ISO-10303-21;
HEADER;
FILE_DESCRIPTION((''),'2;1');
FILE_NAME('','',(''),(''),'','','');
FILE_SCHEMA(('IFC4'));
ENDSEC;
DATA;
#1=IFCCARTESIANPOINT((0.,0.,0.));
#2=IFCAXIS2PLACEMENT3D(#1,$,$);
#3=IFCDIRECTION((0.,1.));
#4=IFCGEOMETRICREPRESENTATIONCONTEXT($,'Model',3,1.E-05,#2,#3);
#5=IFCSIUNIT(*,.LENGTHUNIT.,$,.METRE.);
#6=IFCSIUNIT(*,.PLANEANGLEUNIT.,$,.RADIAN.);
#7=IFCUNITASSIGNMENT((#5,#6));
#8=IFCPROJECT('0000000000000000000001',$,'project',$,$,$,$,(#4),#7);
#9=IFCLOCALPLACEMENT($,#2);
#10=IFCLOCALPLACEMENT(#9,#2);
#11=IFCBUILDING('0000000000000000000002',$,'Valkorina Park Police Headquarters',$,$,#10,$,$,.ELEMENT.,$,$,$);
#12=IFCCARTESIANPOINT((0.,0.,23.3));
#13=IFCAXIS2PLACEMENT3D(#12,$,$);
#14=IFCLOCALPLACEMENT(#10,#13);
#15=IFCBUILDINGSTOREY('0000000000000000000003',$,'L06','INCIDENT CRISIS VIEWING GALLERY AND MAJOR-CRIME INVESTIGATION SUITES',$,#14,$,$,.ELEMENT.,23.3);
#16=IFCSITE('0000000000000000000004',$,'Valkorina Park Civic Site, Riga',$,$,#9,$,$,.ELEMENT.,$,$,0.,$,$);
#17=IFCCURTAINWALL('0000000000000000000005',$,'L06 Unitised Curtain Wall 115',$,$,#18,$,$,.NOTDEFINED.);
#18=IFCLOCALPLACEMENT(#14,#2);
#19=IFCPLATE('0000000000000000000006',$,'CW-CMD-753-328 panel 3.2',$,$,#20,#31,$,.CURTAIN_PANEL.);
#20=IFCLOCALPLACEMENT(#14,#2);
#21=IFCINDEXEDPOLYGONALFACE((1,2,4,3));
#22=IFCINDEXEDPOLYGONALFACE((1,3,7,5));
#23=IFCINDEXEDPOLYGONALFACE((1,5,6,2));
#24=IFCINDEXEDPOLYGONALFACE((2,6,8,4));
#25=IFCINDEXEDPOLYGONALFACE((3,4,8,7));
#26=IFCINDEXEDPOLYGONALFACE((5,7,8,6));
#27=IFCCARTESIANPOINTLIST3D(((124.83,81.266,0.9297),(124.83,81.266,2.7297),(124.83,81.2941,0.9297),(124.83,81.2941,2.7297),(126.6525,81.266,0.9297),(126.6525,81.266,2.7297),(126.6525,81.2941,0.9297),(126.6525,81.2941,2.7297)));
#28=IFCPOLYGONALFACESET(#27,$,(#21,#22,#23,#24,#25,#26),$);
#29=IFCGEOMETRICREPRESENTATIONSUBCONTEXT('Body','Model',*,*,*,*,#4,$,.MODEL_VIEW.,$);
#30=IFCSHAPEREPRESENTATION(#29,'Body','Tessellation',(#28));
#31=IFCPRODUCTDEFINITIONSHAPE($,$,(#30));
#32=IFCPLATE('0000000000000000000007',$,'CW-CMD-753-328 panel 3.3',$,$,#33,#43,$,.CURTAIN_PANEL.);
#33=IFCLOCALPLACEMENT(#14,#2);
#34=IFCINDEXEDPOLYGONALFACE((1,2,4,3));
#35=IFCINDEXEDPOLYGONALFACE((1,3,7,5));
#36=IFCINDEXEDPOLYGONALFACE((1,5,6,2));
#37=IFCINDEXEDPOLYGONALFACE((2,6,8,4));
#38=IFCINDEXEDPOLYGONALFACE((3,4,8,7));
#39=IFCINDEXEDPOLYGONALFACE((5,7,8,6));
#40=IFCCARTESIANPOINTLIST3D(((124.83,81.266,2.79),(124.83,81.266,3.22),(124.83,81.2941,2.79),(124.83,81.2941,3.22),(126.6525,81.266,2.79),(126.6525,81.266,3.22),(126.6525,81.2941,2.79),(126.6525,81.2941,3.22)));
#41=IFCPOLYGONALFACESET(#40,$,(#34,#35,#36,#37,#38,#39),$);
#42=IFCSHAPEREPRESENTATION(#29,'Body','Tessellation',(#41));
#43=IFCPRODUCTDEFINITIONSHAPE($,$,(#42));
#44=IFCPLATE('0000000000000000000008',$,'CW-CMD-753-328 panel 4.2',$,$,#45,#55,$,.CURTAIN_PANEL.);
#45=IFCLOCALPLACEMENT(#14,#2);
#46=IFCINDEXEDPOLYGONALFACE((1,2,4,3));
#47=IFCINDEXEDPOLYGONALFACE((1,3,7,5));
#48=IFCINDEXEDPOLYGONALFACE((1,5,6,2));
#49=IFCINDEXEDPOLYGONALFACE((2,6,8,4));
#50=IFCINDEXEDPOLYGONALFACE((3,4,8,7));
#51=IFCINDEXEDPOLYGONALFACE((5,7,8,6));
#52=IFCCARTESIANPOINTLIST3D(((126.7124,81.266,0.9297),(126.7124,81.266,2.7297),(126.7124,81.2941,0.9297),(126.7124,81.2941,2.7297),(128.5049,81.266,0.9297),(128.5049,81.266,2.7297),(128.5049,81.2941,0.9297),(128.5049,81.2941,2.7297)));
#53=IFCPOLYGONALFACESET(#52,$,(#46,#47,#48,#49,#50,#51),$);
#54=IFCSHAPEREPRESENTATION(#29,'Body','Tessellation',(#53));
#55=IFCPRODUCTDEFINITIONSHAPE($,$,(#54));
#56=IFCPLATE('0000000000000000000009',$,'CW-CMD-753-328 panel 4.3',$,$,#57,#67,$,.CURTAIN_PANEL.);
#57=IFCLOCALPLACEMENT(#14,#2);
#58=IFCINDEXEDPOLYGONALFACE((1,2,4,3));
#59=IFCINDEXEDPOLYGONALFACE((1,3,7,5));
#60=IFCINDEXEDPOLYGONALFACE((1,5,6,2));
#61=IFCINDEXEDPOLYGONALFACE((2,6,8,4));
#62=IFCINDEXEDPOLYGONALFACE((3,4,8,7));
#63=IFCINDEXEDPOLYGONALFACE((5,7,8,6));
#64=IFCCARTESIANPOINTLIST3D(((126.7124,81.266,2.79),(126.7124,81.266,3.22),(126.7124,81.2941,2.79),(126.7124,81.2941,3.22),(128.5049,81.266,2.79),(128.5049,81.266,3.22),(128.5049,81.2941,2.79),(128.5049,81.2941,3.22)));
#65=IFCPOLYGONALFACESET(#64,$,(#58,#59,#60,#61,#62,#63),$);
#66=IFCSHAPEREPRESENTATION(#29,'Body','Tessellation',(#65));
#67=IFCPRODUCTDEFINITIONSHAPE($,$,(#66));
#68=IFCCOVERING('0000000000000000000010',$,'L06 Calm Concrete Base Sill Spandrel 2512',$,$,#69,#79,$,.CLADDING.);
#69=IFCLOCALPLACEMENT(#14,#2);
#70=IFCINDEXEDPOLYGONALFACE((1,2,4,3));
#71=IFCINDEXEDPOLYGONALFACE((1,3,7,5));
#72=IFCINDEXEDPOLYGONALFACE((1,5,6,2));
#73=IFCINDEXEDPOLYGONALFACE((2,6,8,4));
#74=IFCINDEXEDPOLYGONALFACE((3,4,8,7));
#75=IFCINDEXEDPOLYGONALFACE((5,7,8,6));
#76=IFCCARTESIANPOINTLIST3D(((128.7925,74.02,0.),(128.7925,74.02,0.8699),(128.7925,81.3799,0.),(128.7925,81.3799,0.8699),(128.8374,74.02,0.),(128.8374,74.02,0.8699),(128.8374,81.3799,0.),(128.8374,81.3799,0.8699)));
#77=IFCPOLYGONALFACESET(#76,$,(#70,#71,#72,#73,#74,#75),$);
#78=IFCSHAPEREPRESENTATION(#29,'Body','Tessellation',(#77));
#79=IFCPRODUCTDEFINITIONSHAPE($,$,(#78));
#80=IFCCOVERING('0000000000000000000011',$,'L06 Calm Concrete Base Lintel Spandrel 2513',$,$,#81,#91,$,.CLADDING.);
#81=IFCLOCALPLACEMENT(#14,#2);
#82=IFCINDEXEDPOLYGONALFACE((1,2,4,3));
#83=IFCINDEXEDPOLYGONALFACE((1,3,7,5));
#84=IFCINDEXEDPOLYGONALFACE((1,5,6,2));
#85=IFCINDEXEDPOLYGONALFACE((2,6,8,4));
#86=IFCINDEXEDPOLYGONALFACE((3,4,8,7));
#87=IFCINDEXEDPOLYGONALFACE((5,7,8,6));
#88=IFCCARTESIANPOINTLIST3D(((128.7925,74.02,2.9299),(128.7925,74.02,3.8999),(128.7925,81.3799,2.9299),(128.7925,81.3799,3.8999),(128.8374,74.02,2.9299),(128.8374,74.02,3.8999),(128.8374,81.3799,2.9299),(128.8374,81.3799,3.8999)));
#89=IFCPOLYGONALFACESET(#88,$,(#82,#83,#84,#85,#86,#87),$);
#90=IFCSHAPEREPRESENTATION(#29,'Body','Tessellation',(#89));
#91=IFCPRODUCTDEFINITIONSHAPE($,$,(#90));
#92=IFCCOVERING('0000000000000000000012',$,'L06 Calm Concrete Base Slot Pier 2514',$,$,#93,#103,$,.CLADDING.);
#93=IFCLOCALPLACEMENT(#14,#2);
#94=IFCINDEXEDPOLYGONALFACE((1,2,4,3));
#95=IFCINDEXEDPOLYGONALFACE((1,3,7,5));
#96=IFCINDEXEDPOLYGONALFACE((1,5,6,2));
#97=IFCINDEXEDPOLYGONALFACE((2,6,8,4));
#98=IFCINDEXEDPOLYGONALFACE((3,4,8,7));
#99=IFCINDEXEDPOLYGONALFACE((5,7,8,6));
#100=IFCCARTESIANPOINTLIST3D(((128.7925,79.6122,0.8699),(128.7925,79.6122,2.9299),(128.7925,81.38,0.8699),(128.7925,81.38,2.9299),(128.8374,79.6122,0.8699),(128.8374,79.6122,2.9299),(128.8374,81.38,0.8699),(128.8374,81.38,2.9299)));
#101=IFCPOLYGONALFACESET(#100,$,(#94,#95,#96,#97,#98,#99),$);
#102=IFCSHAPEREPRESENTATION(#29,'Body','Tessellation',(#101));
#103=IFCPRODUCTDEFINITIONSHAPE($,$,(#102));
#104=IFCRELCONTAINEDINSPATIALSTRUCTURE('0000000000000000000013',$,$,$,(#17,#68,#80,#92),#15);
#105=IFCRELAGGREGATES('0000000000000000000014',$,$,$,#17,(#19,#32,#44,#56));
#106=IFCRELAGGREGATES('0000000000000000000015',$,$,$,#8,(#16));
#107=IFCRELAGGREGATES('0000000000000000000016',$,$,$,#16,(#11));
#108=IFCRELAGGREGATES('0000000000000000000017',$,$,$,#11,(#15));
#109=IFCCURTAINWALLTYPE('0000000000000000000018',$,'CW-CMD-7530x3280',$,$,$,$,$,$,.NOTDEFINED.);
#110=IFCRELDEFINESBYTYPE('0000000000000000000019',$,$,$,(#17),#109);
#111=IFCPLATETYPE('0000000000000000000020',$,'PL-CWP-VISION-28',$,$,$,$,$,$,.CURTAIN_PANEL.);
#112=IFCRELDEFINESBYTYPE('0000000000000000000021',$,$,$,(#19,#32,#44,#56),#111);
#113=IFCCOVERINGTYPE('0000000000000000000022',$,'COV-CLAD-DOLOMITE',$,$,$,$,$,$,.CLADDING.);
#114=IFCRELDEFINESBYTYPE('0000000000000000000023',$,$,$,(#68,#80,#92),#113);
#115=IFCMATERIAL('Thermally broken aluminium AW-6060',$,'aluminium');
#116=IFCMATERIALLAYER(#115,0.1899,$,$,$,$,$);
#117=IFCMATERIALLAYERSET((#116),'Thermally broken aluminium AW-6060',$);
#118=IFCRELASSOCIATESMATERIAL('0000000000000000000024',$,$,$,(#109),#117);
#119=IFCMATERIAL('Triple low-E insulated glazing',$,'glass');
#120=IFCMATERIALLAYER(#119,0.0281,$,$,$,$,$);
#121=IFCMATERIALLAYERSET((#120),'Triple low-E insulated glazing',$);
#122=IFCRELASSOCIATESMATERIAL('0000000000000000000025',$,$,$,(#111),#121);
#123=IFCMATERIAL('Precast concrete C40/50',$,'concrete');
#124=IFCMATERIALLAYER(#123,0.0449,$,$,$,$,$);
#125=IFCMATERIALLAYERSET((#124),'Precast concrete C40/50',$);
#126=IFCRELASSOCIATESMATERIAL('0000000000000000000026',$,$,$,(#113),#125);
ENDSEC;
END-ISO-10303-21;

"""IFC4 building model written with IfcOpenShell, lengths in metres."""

from ifc_helpers import new_model, si_unit, direction, frame, frame_2d, origin, origin_2d, place, context, subcontext, project, spatial, rectangle, extrude, material, layer, layer_set, type_object, element, aggregate, save


model = new_model("IFC4")

# Units and contexts
model_context = context("Model", 3, precision=1e-05, world=origin(), true_north=direction((0.0, 1.0)))
body_context = subcontext(model_context, "Body", "Model", "MODEL_VIEW")
ifc_project = project(units=[si_unit("LENGTHUNIT", "METRE"), si_unit("PLANEANGLEUNIT", "RADIAN")], contexts=[model_context])

# Site, building, storey
site_placement = place(None, origin())
site = spatial("IfcSite", under=ifc_project, at=site_placement, Name="Valkorina Park Civic Site, Riga", CompositionType="ELEMENT", RefElevation=0.0)
building_placement = place(site_placement, origin())
building = spatial("IfcBuilding", under=site, at=building_placement, Name="Valkorina Park Police Headquarters", CompositionType="ELEMENT")
storey_placement = place(building_placement, frame((0.0, 0.0, 23.3)))
storey = spatial("IfcBuildingStorey", under=building, at=storey_placement, Name="L06", Description="INCIDENT CRISIS VIEWING GALLERY AND MAJOR-CRIME INVESTIGATION SUITES", CompositionType="ELEMENT", Elevation=23.3)

# Curtain wall, plates
ifc_material_1 = material(Name="Thermally broken aluminium AW-6060", Category="aluminium")
ifc_layer_1 = layer(ifc_material_1, 0.1899)
ifc_layer_set_1 = layer_set([ifc_layer_1], Name="Thermally broken aluminium AW-6060")
curtain_wall_type = type_object("IfcCurtainWallType", Name="CW-CMD-7530x3280", PredefinedType="NOTDEFINED", material=ifc_layer_set_1)
curtain_wall_placement = place(storey_placement, origin())
curtain_wall = element("IfcCurtainWall", 1, at=curtain_wall_placement, inside=storey, type_object=curtain_wall_type, Name="L06 Unitised Curtain Wall 115", PredefinedType="NOTDEFINED")
ifc_material_2 = material(Name="Triple low-E insulated glazing", Category="glass")
ifc_layer_2 = layer(ifc_material_2, 0.0281)
ifc_layer_set_2 = layer_set([ifc_layer_2], Name="Triple low-E insulated glazing")
plate_type_1 = type_object("IfcPlateType", Name="PL-CWP-VISION-28", PredefinedType="CURTAIN_PANEL", material=ifc_layer_set_2)
plate_1_placement = place(storey_placement, frame((125.7412, 81.28, 0.9297), z_axis=(0.0, 0.0, 1.0), x_axis=(1.0, 0.0, 0.0)))
plate_1 = element("IfcPlate", 2, at=plate_1_placement, type_object=plate_type_1, Name="CW-CMD-753-328 panel 3.2", PredefinedType="CURTAIN_PANEL", context=body_context, shape_type="SweptSolid", body=[
    extrude(rectangle(XDim=1.8225, YDim=0.0281, at=origin_2d()), origin(), (0.0, 0.0, 1.0), 1.8),
])
plate_2_placement = place(storey_placement, frame((125.7412, 81.28, 2.79), z_axis=(0.0, 0.0, 1.0), x_axis=(1.0, 0.0, 0.0)))
plate_2 = element("IfcPlate", 3, at=plate_2_placement, type_object=plate_type_1, Name="CW-CMD-753-328 panel 3.3", PredefinedType="CURTAIN_PANEL", context=body_context, shape_type="SweptSolid", body=[
    extrude(rectangle(XDim=1.8225, YDim=0.0281, at=origin_2d()), origin(), (0.0, 0.0, 1.0), 0.4299),
])
plate_3_placement = place(storey_placement, frame((127.6086, 81.28, 0.9297), z_axis=(0.0, 0.0, 1.0), x_axis=(1.0, 0.0, 0.0)))
plate_3 = element("IfcPlate", 4, at=plate_3_placement, type_object=plate_type_1, Name="CW-CMD-753-328 panel 4.2", PredefinedType="CURTAIN_PANEL", context=body_context, shape_type="SweptSolid", body=[
    extrude(rectangle(XDim=1.7925, YDim=0.0281, at=origin_2d()), origin(), (0.0, 0.0, 1.0), 1.8),
])
plate_4_placement = place(storey_placement, frame((127.6086, 81.28, 2.79), z_axis=(0.0, 0.0, 1.0), x_axis=(1.0, 0.0, 0.0)))
plate_4 = element("IfcPlate", 5, at=plate_4_placement, type_object=plate_type_1, Name="CW-CMD-753-328 panel 4.3", PredefinedType="CURTAIN_PANEL", context=body_context, shape_type="SweptSolid", body=[
    extrude(rectangle(XDim=1.7925, YDim=0.0281, at=origin_2d()), origin(), (0.0, 0.0, 1.0), 0.4299),
])
aggregate(curtain_wall, [plate_1, plate_2, plate_3, plate_4])

# Coverings
ifc_material_3 = material(Name="Precast concrete C40/50", Category="concrete")
ifc_layer_3 = layer(ifc_material_3, 0.0449)
ifc_layer_set_3 = layer_set([ifc_layer_3], Name="Precast concrete C40/50")
covering_type = type_object("IfcCoveringType", Name="COV-CLAD-DOLOMITE", PredefinedType="CLADDING", material=ifc_layer_set_3)
covering_1_placement = place(storey_placement, frame((128.8149, 81.3799, 0.0), z_axis=(0.0, 0.0, 1.0), x_axis=(0.0, -1.0, 0.0)))
element("IfcCovering", 6, at=covering_1_placement, inside=storey, type_object=covering_type, Name="L06 Calm Concrete Base Sill Spandrel 2512", PredefinedType="CLADDING", context=body_context, shape_type="SweptSolid", body=[
    extrude(rectangle(XDim=7.3599, YDim=0.0449, at=frame_2d((3.6799, 0.0))), origin(), (0.0, 0.0, 1.0), 0.8699),
])
covering_2_placement = place(storey_placement, frame((128.8149, 81.3799, 2.9299), z_axis=(0.0, 0.0, 1.0), x_axis=(0.0, -1.0, 0.0)))
element("IfcCovering", 7, at=covering_2_placement, inside=storey, type_object=covering_type, Name="L06 Calm Concrete Base Lintel Spandrel 2513", PredefinedType="CLADDING", context=body_context, shape_type="SweptSolid", body=[
    extrude(rectangle(XDim=7.3599, YDim=0.0449, at=frame_2d((3.6799, 0.0))), origin(), (0.0, 0.0, 1.0), 0.97),
])
covering_3_placement = place(storey_placement, frame((128.8149, 81.3799, 0.8699), z_axis=(0.0, 0.0, 1.0), x_axis=(0.0, -1.0, 0.0)))
element("IfcCovering", 8, at=covering_3_placement, inside=storey, type_object=covering_type, Name="L06 Calm Concrete Base Slot Pier 2514", PredefinedType="CLADDING", context=body_context, shape_type="SweptSolid", body=[
    extrude(rectangle(XDim=1.7678, YDim=0.0449, at=frame_2d((0.8838, 0.0))), origin(), (0.0, 0.0, 1.0), 2.0601),
])

save(model, "model.ifc")
